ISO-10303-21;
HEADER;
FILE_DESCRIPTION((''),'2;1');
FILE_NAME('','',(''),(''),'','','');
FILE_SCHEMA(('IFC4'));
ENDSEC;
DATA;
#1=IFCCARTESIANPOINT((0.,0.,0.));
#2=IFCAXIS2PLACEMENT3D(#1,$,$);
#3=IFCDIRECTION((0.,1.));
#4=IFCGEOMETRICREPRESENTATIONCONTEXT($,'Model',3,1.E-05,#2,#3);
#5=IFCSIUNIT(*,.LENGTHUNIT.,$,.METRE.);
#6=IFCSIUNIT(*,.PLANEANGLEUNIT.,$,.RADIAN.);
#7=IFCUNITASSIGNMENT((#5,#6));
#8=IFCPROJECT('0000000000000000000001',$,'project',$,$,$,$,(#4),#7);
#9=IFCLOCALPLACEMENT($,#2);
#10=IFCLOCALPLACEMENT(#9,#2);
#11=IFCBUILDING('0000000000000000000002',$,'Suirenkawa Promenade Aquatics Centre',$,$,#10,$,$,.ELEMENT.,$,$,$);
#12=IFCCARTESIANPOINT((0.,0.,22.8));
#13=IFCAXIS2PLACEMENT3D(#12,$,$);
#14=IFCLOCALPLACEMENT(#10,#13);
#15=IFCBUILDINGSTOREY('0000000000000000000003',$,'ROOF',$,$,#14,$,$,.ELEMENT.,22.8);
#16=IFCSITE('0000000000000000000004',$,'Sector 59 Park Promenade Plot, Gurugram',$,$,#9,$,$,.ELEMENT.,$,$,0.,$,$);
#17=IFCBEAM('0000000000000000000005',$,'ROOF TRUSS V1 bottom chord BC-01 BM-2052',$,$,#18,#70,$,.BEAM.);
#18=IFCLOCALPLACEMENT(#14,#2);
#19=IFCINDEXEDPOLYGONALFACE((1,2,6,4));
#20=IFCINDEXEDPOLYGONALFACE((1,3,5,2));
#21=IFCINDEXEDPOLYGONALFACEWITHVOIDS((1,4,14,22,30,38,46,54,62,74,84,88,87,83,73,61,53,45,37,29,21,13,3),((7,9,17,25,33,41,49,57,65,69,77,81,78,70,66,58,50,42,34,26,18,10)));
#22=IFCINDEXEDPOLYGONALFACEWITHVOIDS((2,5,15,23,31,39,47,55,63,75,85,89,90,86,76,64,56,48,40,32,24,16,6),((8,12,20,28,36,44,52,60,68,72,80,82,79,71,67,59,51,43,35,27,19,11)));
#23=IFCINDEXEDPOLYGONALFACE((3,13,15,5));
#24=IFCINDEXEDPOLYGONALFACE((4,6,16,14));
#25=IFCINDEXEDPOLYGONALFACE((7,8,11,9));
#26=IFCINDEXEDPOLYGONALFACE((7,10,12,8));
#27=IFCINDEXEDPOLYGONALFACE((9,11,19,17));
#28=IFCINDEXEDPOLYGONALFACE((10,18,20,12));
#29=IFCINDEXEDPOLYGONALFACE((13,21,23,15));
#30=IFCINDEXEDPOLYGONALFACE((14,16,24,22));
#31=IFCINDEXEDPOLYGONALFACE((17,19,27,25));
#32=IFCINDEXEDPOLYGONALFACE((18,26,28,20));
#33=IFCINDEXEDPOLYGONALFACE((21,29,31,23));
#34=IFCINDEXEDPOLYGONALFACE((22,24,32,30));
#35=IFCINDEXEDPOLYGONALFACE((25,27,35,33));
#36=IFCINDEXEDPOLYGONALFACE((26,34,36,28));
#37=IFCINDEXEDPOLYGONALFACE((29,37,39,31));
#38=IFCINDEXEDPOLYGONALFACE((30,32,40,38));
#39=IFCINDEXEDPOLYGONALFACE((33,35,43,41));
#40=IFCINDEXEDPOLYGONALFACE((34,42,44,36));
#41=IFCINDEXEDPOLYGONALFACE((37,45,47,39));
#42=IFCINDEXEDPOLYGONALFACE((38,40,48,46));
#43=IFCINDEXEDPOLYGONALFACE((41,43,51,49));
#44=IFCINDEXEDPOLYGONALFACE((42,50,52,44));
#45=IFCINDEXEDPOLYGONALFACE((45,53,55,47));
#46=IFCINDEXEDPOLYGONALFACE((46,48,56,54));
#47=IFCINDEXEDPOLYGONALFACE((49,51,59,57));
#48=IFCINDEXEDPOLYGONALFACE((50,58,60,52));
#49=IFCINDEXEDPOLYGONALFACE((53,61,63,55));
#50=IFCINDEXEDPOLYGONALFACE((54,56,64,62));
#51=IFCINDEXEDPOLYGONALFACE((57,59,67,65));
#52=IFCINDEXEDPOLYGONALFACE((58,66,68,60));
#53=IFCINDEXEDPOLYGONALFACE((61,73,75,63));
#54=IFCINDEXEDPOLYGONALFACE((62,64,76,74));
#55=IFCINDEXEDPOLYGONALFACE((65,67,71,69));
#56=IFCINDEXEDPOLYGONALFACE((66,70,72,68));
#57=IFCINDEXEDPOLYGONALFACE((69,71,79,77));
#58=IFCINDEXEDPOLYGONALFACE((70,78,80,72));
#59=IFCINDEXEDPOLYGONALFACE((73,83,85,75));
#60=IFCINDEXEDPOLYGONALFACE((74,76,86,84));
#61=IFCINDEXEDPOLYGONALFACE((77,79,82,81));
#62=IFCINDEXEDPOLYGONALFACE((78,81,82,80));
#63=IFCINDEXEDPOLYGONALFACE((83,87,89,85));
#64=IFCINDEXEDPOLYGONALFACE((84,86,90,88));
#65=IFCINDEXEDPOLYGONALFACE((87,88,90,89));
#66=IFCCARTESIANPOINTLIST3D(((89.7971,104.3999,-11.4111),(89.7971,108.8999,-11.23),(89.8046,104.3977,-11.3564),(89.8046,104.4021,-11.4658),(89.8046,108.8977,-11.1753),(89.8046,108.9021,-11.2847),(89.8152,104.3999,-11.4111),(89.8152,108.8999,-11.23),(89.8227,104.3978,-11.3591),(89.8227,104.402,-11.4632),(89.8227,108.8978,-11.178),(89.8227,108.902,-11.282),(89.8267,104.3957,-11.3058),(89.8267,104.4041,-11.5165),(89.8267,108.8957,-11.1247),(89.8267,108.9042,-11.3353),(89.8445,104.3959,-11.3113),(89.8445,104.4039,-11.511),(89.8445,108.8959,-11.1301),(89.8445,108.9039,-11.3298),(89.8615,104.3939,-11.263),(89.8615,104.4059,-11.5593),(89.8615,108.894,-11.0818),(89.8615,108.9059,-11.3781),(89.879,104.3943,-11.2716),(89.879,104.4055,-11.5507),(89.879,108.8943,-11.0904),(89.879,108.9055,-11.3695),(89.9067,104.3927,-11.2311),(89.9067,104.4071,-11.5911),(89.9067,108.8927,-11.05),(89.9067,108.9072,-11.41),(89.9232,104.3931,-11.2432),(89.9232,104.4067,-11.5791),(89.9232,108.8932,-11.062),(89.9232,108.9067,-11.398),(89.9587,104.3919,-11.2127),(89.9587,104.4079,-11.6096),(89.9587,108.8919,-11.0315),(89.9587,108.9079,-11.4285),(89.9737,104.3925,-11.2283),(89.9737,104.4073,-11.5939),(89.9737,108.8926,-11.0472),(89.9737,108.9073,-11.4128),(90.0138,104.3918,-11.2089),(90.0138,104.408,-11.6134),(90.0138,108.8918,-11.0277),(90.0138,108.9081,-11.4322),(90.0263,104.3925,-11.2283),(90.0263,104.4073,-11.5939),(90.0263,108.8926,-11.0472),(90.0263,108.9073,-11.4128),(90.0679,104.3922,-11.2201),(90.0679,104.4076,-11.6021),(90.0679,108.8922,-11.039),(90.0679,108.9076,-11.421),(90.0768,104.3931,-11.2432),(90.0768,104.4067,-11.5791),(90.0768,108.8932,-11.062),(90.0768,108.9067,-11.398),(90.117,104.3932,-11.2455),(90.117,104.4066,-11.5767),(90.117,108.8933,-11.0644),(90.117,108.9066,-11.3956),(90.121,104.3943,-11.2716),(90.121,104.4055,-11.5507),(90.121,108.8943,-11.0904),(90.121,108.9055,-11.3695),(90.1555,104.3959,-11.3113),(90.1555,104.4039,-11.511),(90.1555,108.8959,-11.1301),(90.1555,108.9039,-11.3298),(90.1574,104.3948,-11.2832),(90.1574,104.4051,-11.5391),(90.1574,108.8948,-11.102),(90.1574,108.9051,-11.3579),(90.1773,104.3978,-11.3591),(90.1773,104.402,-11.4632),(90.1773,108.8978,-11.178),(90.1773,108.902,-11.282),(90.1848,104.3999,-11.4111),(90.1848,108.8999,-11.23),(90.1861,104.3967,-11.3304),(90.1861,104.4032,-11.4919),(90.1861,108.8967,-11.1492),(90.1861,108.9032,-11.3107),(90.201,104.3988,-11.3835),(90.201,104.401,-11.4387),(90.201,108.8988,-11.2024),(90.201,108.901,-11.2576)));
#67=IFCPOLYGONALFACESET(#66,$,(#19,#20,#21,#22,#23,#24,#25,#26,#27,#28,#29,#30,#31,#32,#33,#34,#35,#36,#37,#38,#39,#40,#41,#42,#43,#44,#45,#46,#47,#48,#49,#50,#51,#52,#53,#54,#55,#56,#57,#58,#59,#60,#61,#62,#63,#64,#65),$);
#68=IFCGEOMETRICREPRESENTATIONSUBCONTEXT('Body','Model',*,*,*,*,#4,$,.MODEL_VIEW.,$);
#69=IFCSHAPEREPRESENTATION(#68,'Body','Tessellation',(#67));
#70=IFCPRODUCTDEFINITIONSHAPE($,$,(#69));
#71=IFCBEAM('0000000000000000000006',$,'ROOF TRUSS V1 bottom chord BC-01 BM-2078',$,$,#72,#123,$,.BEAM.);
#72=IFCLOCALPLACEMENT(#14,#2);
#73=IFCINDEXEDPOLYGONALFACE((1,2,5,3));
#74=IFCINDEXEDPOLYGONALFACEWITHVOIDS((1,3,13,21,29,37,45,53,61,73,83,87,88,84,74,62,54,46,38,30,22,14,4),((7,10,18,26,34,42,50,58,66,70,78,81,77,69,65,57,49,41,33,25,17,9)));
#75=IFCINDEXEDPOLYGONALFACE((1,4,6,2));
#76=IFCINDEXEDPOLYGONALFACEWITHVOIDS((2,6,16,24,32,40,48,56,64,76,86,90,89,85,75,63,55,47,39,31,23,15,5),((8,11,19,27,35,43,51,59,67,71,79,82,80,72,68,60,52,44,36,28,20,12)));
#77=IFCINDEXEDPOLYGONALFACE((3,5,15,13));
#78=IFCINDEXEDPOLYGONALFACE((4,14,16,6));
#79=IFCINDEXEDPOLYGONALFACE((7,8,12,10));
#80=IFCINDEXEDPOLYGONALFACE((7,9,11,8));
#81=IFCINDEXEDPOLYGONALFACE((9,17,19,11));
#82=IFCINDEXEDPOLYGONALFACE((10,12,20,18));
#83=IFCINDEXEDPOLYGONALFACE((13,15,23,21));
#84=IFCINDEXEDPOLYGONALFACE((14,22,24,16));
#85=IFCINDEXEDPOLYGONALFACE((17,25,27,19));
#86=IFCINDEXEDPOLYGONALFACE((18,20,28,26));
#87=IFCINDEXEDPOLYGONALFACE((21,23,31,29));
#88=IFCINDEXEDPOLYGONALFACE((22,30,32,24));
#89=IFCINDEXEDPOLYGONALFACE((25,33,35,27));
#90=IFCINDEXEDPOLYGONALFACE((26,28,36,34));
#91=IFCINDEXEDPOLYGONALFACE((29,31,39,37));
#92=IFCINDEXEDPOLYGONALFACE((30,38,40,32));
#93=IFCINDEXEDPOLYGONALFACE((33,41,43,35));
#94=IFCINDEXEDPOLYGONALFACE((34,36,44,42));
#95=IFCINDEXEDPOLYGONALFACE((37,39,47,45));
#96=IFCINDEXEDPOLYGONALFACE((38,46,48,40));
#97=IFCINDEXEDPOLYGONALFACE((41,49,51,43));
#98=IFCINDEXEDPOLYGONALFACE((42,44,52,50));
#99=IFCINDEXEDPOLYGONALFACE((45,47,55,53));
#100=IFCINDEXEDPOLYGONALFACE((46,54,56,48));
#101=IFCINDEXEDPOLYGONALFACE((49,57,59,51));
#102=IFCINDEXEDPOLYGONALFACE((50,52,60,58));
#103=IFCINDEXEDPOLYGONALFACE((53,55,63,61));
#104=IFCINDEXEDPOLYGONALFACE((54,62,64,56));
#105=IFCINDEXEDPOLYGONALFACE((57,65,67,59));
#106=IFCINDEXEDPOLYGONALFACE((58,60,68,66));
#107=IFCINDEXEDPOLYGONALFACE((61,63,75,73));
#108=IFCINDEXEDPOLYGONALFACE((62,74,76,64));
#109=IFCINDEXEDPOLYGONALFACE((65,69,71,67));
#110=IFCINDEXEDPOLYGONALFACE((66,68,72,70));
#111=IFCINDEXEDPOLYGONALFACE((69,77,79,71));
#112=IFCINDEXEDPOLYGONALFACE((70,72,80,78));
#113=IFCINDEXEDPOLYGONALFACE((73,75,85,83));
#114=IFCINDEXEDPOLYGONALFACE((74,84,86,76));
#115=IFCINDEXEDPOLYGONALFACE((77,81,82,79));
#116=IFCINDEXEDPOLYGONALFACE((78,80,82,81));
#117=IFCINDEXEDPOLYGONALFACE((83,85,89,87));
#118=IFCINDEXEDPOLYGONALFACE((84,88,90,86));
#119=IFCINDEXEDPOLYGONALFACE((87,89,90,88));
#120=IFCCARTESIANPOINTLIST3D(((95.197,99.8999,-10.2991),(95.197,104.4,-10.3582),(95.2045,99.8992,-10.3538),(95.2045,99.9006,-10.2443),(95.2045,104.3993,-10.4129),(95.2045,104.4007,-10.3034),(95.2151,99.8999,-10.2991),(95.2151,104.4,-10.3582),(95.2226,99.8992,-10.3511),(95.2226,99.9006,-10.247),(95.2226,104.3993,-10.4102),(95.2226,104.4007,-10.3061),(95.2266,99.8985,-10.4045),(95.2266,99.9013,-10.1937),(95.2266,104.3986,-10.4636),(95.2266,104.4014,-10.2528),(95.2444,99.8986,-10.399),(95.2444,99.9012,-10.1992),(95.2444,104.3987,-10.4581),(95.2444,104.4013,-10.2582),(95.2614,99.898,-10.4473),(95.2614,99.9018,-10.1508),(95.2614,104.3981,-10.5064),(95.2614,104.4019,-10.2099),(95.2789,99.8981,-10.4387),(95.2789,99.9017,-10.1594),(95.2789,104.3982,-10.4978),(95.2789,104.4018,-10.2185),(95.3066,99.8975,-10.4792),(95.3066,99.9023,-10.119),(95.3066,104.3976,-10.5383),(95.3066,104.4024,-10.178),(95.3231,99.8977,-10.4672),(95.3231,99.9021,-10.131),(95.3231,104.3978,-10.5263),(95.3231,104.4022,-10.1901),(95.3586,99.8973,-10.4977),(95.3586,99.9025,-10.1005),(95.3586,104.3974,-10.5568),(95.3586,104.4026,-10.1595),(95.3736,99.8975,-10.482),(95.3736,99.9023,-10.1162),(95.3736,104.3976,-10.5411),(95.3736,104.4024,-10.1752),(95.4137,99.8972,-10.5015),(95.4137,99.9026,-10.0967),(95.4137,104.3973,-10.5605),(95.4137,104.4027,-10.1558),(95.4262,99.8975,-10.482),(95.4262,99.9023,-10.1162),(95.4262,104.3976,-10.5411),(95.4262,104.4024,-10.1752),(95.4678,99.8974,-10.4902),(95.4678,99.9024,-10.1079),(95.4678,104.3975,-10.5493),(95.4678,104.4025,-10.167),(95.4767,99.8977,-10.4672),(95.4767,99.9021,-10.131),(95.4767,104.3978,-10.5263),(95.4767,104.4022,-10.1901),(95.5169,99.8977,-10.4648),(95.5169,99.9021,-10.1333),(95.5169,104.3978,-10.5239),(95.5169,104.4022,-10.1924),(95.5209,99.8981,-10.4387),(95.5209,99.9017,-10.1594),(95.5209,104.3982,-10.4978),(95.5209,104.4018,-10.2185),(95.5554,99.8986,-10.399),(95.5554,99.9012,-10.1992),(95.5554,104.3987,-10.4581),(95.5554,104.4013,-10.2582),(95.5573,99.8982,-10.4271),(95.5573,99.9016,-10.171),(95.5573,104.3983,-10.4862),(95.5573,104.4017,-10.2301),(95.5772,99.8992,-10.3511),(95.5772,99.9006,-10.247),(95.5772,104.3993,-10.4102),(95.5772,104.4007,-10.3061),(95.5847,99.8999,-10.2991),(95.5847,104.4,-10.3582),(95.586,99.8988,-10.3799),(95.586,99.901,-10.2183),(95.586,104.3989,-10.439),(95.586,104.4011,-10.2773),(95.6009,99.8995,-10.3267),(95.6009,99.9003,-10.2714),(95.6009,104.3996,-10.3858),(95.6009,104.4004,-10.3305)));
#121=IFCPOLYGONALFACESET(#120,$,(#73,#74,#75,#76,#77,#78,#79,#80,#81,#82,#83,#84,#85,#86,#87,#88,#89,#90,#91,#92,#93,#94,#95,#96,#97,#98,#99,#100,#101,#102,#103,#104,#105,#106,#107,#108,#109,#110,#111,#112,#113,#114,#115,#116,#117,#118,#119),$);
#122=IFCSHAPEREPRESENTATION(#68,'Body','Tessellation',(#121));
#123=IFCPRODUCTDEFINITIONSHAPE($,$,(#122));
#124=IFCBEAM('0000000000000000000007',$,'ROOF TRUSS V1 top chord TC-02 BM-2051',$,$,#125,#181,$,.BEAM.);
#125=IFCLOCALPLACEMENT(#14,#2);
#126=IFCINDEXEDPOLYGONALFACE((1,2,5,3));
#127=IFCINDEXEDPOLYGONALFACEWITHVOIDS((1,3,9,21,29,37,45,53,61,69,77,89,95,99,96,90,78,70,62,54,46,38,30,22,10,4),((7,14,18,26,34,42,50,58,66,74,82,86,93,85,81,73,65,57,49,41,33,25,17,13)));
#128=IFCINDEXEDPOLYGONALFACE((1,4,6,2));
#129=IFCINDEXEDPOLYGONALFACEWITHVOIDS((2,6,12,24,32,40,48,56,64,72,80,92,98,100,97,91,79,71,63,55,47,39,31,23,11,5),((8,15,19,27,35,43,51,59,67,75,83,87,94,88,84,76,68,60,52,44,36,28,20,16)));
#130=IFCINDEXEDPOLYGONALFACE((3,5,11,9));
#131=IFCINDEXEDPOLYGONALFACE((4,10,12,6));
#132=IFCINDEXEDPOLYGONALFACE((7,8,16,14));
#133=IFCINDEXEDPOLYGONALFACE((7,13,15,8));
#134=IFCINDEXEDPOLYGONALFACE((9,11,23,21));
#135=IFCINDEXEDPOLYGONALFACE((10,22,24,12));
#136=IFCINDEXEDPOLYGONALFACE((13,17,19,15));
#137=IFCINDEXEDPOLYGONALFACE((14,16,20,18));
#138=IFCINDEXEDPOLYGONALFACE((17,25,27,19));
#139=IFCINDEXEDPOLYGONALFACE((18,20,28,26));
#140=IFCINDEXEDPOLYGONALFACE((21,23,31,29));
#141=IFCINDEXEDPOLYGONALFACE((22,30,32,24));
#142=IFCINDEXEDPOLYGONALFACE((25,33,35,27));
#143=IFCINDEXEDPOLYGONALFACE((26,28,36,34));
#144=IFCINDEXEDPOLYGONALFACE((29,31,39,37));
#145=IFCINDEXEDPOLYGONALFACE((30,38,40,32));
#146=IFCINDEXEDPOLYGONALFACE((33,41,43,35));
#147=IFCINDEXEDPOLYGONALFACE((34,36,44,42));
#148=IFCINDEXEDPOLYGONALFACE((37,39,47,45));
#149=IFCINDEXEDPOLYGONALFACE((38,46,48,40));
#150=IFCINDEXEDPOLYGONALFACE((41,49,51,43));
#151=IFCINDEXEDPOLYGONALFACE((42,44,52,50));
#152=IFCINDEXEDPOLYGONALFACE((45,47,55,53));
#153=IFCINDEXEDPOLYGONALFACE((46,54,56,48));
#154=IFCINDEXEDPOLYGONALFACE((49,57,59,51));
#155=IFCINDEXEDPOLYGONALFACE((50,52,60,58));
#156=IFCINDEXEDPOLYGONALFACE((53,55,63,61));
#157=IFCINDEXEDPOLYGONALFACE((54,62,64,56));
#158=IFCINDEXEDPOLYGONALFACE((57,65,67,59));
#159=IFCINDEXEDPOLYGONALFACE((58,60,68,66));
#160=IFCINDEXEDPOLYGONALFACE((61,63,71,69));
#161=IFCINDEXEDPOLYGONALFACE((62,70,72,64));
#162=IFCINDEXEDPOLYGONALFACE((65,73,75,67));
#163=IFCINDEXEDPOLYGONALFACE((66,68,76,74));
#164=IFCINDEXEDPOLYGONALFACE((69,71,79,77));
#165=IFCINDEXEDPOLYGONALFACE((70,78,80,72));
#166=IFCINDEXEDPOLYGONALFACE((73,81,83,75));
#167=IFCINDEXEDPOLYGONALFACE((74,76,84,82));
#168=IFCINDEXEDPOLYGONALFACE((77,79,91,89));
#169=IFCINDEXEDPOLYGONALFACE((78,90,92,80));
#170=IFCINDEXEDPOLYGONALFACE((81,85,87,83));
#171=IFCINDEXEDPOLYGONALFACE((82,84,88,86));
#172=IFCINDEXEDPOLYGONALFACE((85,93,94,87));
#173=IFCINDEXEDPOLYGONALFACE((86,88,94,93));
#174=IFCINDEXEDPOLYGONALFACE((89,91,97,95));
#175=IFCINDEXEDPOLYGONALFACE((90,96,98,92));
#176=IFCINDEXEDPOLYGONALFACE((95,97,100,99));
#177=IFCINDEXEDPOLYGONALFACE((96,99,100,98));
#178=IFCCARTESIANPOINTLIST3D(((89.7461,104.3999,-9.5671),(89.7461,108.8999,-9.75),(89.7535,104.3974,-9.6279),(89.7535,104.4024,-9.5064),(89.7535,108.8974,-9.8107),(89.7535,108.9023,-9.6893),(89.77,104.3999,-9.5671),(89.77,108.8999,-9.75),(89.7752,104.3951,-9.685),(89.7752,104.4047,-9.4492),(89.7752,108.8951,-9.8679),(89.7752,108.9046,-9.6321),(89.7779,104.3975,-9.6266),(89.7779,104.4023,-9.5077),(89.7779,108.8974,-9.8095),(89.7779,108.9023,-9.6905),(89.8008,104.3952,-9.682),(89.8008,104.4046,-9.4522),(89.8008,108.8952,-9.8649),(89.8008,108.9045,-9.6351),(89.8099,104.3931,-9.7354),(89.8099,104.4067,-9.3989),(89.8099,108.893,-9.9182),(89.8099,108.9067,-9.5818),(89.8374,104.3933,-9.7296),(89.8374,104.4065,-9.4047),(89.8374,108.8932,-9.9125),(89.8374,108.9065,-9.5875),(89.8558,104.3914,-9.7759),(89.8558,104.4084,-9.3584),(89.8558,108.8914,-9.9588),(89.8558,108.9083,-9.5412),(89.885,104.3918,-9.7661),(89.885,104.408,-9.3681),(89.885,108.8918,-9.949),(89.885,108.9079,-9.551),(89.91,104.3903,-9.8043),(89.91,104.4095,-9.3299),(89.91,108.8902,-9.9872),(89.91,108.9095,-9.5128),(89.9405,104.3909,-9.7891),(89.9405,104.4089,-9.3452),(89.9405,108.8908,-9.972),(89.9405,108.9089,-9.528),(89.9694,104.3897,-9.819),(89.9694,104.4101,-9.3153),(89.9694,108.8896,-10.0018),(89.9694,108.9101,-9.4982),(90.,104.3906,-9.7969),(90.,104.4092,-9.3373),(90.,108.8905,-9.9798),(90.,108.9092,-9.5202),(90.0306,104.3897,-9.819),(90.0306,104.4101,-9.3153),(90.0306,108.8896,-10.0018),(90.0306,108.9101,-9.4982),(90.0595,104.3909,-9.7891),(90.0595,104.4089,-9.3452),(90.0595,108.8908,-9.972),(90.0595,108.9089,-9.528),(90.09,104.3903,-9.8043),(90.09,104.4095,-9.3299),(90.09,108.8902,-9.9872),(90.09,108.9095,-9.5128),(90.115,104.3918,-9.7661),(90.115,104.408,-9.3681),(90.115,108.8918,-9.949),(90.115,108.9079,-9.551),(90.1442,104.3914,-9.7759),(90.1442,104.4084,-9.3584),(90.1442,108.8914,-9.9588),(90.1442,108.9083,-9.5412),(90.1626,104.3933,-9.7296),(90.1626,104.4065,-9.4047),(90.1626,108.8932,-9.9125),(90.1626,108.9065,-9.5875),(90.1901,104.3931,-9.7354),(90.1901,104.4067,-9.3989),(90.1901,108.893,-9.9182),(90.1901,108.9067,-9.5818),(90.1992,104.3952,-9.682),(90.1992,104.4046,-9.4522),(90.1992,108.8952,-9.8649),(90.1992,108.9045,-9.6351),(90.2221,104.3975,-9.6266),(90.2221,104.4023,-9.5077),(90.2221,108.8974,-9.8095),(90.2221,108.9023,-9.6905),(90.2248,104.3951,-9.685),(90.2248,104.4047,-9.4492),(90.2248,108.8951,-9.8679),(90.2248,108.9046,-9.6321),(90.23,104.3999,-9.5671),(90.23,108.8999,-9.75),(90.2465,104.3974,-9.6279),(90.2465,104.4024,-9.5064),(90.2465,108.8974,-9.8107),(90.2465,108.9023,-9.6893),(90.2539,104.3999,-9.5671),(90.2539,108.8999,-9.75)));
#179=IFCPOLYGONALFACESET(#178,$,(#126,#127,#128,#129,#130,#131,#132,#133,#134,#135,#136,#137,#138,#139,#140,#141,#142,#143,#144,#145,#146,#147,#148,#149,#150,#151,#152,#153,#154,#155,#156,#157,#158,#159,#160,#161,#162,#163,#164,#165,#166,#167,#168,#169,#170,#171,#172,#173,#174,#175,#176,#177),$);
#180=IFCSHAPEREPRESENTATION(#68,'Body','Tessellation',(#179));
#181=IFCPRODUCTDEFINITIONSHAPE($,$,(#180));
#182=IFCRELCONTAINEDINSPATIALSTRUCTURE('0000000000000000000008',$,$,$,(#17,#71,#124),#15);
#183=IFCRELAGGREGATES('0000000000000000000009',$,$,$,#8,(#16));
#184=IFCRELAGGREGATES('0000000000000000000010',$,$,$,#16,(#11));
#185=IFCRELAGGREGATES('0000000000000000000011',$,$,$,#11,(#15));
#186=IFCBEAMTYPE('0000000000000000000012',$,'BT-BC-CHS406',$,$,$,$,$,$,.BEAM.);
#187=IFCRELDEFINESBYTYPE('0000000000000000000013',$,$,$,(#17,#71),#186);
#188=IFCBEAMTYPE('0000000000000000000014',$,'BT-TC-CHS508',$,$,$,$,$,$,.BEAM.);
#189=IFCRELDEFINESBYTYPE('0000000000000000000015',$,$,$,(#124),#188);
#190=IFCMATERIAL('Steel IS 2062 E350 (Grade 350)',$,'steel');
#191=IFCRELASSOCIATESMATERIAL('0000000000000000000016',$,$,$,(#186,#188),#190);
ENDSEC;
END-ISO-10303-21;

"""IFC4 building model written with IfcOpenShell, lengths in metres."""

from ifc_helpers import new_model, si_unit, direction, frame, origin, origin_2d, place, context, subcontext, project, spatial, hollow_circle, extrude, material, material_profile, profile_set, type_object, element, save


model = new_model("IFC4")

# Units and contexts
model_context = context("Model", 3, precision=1e-05, world=origin(), true_north=direction((0.0, 1.0)))
body_context = subcontext(model_context, "Body", "Model", "MODEL_VIEW")
ifc_project = project(units=[si_unit("LENGTHUNIT", "METRE"), si_unit("PLANEANGLEUNIT", "RADIAN")], contexts=[model_context])

# Site, building, storey
site_placement = place(None, origin())
site = spatial("IfcSite", under=ifc_project, at=site_placement, Name="Sector 59 Park Promenade Plot, Gurugram", CompositionType="ELEMENT", RefElevation=0.0)
building_placement = place(site_placement, origin())
building = spatial("IfcBuilding", under=site, at=building_placement, Name="Suirenkawa Promenade Aquatics Centre", CompositionType="ELEMENT")
storey_placement = place(building_placement, frame((0.0, 0.0, 22.8)))
storey = spatial("IfcBuildingStorey", under=building, at=storey_placement, Name="ROOF", CompositionType="ELEMENT", Elevation=22.8)

# Beams
ifc_material_1 = material(Name="Steel IS 2062 E350 (Grade 350)", Category="steel")
ifc_material_profile_1 = material_profile(ifc_material_1, hollow_circle(Radius=0.2029, WallThickness=0.0181, at=origin_2d()), Name="CHS 406x18", Category="steel")
ifc_profile_set_1 = profile_set([ifc_material_profile_1], Name="Steel IS 2062 E350 (Grade 350)")
beam_type_1 = type_object("IfcBeamType", Name="BT-BC-CHS406", PredefinedType="BEAM", material=ifc_profile_set_1)
beam_1_placement = place(storey_placement, frame((90.0, 104.3999, -11.4111), z_axis=(0.0, 0.999191, 0.040223), x_axis=(-1.0, 0.0, 0.0)))
element("IfcBeam", 1, at=beam_1_placement, inside=storey, type_object=beam_type_1, Name="ROOF TRUSS V1 bottom chord BC-01 BM-2052", PredefinedType="BEAM", context=body_context, shape_type="SweptSolid", body=[
    extrude(hollow_circle(Radius=0.2029, WallThickness=0.0181, at=origin_2d()), origin(), (0.0, 0.0, 1.0), 4.5037),
])
beam_2_placement = place(storey_placement, frame((95.3999, 99.8999, -10.2991), z_axis=(0.0, 0.999914, -0.013128), x_axis=(-1.0, 0.0, 0.0)))
element("IfcBeam", 2, at=beam_2_placement, inside=storey, type_object=beam_type_1, Name="ROOF TRUSS V1 bottom chord BC-01 BM-2078", PredefinedType="BEAM", context=body_context, shape_type="SweptSolid", body=[
    extrude(hollow_circle(Radius=0.2029, WallThickness=0.0181, at=origin_2d()), origin(), (0.0, 0.0, 1.0), 4.5005),
])
ifc_material_profile_2 = material_profile(ifc_material_1, hollow_circle(Radius=0.2539, WallThickness=0.0239, at=origin_2d()), Name="CHS 508x24", Category="steel")
ifc_profile_set_2 = profile_set([ifc_material_profile_2], Name="Steel IS 2062 E350 (Grade 350)")
beam_type_2 = type_object("IfcBeamType", Name="BT-TC-CHS508", PredefinedType="BEAM", material=ifc_profile_set_2)
for number, where, z_axis, x_axis, name in (
    (3, (90.0, 104.3999, -9.5671), (0.0, 0.999175, -0.040602), (-1.0, 0.0, 0.0), "ROOF TRUSS V1 top chord TC-02 BM-2051"),
):
    element("IfcBeam", number, at=place(storey_placement, frame(where, z_axis=z_axis, x_axis=x_axis)), inside=storey, type_object=beam_type_2, Name=name, PredefinedType="BEAM", context=body_context, shape_type="SweptSolid", body=[
        extrude(hollow_circle(Radius=0.2539, WallThickness=0.0239, at=origin_2d()), origin(), (0.0, 0.0, 1.0), 4.5037),
    ])

save(model, "model.ifc")
